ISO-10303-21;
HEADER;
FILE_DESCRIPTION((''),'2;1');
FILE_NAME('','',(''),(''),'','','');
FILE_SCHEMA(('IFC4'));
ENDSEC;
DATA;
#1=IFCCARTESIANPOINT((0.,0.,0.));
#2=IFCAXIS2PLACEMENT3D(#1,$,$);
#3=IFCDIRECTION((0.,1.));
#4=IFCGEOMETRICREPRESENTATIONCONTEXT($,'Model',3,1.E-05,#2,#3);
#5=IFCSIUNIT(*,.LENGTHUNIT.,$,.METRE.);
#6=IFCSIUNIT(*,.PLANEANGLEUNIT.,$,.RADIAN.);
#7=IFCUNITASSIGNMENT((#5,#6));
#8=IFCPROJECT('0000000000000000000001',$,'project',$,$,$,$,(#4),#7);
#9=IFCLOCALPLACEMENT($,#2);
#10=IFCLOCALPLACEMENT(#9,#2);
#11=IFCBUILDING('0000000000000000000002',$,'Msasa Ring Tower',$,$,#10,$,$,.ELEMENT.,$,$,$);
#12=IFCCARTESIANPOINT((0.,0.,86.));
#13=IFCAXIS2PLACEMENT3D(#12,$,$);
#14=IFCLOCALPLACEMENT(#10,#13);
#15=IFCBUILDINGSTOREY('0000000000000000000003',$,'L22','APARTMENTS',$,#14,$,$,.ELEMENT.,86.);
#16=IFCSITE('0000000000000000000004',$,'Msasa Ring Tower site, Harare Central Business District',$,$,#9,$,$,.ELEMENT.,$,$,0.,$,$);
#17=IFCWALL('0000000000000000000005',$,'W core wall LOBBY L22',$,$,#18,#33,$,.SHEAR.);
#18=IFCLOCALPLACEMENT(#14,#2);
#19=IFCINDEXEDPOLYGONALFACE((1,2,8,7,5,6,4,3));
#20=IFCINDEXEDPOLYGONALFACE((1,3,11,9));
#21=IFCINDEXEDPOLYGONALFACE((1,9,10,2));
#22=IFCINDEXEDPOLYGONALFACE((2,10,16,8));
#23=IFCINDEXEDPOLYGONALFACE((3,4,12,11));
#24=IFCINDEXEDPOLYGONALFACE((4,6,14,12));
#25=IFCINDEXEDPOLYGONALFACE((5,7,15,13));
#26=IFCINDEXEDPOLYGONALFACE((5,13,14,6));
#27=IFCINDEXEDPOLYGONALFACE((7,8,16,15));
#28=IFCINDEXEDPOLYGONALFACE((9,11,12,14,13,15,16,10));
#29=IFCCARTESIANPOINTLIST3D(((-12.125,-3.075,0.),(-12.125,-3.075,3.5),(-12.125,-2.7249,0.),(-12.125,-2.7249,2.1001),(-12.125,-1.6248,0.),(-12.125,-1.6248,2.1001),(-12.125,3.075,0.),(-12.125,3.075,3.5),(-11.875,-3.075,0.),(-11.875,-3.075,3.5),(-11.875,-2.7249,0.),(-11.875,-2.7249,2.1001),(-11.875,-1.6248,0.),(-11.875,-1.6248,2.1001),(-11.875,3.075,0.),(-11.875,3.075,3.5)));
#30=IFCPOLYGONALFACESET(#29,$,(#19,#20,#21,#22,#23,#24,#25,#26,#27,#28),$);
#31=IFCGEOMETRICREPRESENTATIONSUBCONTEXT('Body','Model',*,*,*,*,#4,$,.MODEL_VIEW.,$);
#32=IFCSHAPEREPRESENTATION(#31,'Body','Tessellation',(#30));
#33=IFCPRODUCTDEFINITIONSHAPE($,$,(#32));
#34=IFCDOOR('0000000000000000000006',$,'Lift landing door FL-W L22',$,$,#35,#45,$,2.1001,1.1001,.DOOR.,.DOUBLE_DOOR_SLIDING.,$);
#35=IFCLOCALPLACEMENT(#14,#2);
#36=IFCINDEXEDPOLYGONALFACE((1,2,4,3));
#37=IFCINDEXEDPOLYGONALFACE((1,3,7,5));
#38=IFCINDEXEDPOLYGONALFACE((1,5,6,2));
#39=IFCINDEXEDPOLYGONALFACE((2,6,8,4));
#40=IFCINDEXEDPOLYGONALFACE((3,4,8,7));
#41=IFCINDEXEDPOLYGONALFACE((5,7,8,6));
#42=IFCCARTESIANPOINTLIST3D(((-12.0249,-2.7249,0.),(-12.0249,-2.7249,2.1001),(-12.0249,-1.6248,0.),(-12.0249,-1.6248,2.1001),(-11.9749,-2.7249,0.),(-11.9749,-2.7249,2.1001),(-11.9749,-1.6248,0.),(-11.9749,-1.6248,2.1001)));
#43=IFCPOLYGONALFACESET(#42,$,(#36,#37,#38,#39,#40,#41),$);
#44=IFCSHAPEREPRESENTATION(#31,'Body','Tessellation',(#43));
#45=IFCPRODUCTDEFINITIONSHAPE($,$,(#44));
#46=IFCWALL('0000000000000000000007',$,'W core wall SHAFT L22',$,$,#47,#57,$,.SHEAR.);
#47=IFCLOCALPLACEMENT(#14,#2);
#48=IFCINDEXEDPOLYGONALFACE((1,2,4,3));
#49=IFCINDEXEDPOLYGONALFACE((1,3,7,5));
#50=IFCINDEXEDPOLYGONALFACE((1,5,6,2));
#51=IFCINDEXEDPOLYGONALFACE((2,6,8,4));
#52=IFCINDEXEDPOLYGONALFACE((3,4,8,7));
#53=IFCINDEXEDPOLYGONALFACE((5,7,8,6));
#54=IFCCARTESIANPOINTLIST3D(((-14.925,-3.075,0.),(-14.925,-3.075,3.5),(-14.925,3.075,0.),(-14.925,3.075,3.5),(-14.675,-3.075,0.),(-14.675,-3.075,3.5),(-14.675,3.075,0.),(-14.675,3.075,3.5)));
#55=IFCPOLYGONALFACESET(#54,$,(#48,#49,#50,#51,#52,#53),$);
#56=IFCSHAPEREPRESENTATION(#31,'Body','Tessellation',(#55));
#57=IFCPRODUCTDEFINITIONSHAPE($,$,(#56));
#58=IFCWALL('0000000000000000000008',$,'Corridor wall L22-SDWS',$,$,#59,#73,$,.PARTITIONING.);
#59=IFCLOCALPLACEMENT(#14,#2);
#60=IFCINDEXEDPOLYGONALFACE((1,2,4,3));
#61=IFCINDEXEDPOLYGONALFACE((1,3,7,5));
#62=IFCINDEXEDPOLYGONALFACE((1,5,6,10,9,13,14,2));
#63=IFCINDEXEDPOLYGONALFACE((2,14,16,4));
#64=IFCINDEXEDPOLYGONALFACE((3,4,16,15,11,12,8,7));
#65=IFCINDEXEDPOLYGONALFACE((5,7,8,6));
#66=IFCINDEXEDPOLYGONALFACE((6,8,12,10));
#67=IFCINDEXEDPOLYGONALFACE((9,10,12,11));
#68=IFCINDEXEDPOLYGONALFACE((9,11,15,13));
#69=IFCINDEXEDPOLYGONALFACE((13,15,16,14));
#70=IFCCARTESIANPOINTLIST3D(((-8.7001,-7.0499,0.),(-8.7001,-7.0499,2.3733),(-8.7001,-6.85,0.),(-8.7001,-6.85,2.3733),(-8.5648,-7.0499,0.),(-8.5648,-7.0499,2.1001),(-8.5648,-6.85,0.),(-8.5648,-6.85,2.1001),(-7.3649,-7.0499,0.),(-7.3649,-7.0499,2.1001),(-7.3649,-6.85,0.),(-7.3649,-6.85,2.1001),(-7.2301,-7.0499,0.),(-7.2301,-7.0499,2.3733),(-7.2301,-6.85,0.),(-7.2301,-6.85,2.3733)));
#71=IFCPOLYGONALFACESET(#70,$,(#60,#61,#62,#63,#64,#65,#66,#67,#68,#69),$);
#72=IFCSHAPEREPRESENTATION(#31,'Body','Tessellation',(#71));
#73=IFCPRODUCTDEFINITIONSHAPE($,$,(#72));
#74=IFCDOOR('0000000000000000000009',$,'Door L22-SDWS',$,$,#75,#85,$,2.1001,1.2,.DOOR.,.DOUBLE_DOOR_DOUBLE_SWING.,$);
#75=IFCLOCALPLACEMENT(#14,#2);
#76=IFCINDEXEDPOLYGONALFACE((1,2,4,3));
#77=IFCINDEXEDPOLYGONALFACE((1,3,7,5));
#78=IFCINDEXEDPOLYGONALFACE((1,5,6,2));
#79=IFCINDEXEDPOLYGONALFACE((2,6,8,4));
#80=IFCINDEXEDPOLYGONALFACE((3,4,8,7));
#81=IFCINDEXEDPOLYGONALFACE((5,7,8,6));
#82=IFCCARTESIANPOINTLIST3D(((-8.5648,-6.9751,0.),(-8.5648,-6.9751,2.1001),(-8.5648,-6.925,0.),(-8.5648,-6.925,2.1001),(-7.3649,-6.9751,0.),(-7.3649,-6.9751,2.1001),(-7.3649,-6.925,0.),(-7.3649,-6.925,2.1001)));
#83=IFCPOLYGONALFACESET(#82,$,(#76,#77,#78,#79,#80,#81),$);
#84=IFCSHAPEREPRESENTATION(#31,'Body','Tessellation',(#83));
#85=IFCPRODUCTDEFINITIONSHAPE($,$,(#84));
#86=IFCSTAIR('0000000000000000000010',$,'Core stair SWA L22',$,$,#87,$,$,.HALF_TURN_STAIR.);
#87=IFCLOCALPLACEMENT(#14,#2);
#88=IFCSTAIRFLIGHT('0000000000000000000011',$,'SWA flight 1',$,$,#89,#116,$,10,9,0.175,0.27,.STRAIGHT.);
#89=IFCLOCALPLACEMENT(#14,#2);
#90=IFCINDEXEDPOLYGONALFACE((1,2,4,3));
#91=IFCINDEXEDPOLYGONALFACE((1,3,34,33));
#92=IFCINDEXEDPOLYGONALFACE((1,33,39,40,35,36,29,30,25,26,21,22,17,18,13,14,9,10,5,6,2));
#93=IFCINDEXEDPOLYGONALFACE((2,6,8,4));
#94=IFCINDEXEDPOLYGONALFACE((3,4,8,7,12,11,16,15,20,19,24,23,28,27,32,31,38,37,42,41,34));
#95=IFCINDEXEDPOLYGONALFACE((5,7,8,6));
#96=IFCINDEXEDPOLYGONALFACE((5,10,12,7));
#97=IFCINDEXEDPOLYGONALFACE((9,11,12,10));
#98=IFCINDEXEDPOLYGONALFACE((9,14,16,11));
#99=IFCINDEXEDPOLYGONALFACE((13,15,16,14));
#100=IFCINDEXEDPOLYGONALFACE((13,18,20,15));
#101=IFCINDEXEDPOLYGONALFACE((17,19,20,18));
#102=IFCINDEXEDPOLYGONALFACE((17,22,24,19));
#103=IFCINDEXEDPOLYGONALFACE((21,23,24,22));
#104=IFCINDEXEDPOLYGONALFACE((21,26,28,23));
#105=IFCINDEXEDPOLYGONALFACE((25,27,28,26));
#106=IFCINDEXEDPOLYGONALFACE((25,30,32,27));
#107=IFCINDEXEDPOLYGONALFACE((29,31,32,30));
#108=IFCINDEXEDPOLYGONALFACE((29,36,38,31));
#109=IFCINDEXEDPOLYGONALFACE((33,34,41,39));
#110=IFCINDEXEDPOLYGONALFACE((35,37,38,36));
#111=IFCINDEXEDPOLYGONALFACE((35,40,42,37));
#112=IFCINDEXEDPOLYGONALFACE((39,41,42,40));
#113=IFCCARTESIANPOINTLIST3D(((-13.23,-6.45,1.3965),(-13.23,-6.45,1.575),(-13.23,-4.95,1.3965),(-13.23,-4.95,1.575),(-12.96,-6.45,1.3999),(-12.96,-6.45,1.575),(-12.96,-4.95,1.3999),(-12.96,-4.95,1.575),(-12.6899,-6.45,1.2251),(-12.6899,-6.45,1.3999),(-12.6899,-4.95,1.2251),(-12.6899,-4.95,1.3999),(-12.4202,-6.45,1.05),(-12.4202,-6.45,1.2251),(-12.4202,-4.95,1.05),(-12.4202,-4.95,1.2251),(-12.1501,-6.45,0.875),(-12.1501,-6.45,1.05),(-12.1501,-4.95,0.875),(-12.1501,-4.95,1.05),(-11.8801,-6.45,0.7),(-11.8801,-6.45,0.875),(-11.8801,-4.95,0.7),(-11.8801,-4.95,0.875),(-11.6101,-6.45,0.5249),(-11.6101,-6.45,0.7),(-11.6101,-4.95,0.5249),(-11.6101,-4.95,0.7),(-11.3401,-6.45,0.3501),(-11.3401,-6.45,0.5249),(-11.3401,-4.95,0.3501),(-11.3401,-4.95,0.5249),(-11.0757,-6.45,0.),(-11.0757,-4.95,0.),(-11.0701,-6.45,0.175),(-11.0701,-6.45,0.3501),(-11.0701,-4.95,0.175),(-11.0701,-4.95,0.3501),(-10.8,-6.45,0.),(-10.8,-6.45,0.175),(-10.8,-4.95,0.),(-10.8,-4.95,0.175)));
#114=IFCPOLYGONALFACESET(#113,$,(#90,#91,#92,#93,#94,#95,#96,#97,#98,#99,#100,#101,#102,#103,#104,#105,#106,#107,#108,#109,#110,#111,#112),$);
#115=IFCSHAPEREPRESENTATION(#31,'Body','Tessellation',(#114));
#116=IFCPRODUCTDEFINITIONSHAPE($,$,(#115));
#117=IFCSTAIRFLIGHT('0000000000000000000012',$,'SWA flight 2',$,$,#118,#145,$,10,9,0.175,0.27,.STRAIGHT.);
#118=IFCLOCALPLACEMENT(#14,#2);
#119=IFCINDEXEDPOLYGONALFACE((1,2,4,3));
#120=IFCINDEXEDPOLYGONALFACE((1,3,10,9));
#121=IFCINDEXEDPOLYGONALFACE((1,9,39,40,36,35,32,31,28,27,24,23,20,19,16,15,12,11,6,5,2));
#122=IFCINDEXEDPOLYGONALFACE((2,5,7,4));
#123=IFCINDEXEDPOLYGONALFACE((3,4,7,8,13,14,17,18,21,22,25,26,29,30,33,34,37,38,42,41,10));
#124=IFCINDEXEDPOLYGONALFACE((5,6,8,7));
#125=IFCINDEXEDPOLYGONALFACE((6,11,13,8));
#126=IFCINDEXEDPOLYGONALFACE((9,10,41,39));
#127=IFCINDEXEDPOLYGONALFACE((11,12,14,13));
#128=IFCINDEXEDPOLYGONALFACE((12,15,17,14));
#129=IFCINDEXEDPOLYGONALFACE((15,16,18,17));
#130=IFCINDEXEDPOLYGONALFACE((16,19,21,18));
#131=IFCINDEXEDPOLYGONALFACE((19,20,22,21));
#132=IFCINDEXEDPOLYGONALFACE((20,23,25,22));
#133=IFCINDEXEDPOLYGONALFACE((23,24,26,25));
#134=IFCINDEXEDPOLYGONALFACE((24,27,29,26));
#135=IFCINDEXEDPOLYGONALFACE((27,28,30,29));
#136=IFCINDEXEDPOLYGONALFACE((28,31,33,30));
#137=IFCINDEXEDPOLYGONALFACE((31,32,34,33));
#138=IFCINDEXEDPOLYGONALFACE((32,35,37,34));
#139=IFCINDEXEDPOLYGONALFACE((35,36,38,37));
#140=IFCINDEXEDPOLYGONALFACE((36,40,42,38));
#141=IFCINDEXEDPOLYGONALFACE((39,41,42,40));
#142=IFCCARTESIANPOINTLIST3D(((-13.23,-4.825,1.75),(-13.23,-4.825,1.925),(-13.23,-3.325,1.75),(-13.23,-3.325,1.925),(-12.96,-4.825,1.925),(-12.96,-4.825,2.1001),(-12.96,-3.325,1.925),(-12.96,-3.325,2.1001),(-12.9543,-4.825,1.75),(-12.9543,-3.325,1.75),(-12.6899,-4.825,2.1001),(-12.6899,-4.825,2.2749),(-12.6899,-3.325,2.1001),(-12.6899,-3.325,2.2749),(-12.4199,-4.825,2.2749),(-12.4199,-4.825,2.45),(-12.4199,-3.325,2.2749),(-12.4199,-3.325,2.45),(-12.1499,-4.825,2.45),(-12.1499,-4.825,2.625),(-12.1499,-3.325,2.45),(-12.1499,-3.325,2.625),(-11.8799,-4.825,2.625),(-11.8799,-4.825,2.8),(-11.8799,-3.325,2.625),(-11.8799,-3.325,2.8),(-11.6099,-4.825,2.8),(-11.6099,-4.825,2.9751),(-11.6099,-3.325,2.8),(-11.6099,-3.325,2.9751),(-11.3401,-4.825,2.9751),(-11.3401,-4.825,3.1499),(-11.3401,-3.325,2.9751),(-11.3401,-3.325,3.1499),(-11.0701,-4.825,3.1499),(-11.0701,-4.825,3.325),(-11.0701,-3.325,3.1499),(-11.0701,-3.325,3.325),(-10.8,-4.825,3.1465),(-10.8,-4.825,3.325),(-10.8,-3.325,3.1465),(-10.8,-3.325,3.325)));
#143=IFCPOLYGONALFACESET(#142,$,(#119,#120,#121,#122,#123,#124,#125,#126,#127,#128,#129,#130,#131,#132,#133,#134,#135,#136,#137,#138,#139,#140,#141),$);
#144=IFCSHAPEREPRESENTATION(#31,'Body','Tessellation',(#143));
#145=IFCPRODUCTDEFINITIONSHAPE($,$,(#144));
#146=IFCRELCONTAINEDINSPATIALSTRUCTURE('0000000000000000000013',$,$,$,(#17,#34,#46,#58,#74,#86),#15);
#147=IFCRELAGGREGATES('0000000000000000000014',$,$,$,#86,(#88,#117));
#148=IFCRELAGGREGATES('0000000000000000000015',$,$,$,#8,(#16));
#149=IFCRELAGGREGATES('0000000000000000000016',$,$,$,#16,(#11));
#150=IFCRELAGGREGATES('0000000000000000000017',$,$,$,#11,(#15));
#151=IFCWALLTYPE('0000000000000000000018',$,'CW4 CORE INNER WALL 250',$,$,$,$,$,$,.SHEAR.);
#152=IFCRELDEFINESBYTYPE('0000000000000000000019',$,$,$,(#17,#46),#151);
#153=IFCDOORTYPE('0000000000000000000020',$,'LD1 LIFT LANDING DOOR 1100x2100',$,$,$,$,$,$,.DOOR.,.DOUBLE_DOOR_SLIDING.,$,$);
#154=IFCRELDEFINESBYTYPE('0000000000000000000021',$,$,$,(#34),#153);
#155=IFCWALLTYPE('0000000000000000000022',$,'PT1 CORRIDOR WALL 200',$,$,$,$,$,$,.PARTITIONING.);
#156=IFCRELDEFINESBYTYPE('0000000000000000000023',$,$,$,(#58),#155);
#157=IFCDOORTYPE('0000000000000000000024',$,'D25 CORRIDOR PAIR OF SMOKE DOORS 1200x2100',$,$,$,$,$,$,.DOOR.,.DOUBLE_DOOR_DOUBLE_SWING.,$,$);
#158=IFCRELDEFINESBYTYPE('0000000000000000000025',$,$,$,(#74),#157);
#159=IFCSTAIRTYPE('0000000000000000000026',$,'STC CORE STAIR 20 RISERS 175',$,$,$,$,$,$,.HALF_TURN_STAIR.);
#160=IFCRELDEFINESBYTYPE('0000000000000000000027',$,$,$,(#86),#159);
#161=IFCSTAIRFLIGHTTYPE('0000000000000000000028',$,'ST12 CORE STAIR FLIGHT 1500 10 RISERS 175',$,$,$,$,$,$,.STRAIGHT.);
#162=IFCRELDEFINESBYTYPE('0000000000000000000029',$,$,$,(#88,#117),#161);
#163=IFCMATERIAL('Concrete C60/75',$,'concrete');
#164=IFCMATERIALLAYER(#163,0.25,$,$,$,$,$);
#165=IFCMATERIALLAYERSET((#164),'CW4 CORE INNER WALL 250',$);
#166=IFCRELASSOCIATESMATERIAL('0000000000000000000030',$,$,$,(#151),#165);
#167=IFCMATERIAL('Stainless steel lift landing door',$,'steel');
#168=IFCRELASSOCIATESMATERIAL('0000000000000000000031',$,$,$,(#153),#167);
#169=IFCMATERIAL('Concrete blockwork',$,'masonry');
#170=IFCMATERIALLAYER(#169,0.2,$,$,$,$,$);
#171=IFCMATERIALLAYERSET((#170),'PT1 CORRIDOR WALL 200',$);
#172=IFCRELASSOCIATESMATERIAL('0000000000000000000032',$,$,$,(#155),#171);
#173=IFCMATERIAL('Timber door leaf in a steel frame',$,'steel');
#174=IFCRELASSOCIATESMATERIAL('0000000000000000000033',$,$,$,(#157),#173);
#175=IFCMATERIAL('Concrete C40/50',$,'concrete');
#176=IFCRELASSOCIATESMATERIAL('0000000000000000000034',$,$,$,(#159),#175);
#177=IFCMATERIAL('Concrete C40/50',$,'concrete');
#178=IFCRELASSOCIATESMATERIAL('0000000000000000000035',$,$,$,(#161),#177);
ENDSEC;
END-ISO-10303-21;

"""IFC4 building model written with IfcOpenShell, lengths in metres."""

from ifc_helpers import new_model, si_unit, direction, frame, frame_2d, origin, place, context, subcontext, project, spatial, polyline, rectangle, outline, extrude, material, layer, layer_set, type_object, element, fill, aggregate, save


model = new_model("IFC4")

# Units and contexts
model_context = context("Model", 3, precision=1e-05, world=origin(), true_north=direction((0.0, 1.0)))
body_context = subcontext(model_context, "Body", "Model", "MODEL_VIEW")
ifc_project = project(units=[si_unit("LENGTHUNIT", "METRE"), si_unit("PLANEANGLEUNIT", "RADIAN")], contexts=[model_context])

# Site, building, storey
site_placement = place(None, origin())
site = spatial("IfcSite", under=ifc_project, at=site_placement, Name="Msasa Ring Tower site, Harare Central Business District", CompositionType="ELEMENT", RefElevation=0.0)
building_placement = place(site_placement, origin())
building = spatial("IfcBuilding", under=site, at=building_placement, Name="Msasa Ring Tower", CompositionType="ELEMENT")
storey_placement = place(building_placement, frame((0.0, 0.0, 86.0)))
storey = spatial("IfcBuildingStorey", under=building, at=storey_placement, Name="L22", Description="APARTMENTS", CompositionType="ELEMENT", Elevation=86.0)

# Wall, opening, door
ifc_material_1 = material(Name="Concrete C60/75", Category="concrete")
ifc_layer_1 = layer(ifc_material_1, 0.25)
ifc_layer_set_1 = layer_set([ifc_layer_1], Name="CW4 CORE INNER WALL 250")
wall_type_1 = type_object("IfcWallType", Name="CW4 CORE INNER WALL 250", PredefinedType="SHEAR", material=ifc_layer_set_1)
wall_1_placement = place(storey_placement, frame((-12.0, -3.075, 0.0), z_axis=(0.0, 0.0, 1.0), x_axis=(0.0, 1.0, 0.0)))
wall_1 = element("IfcWall", 1, at=wall_1_placement, inside=storey, type_object=wall_type_1, Name="W core wall LOBBY L22", PredefinedType="SHEAR", context=body_context, shape_type="SweptSolid", body=[
    extrude(rectangle(XDim=6.1499, YDim=0.25, at=frame_2d((3.075, 0.0))), origin(), (0.0, 0.0, 1.0), 3.5),
])
opening_1_placement = place(wall_1_placement, frame((0.3501, 0.0, 0.0)))
opening_1 = element("IfcOpeningElement", 2, at=opening_1_placement, cuts=wall_1, PredefinedType="OPENING", context=body_context, shape_type="SweptSolid", body=[
    extrude(rectangle(XDim=1.1001, YDim=2.1001, at=frame_2d((0.55, 1.05))), frame((0.0, 0.135, 0.0), z_axis=(0.0, -1.0, 0.0), x_axis=(1.0, 0.0, 0.0)), (0.0, 0.0, 1.0), 0.27),
])
ifc_material_2 = material(Name="Stainless steel lift landing door", Category="steel")
door_type_1 = type_object("IfcDoorType", Name="LD1 LIFT LANDING DOOR 1100x2100", OperationType="DOUBLE_DOOR_SLIDING", PredefinedType="DOOR", material=ifc_material_2)
door_1_placement = place(opening_1_placement, origin())
door_1 = element("IfcDoor", 3, at=door_1_placement, inside=storey, type_object=door_type_1, Name="Lift landing door FL-W L22", OperationType="DOUBLE_DOOR_SLIDING", OverallHeight=2.1001, OverallWidth=1.1001, PredefinedType="DOOR", context=body_context, shape_type="SweptSolid", body=[
    extrude(rectangle(XDim=1.1001, YDim=2.1001, at=frame_2d((0.55, 1.05))), frame((0.0, 0.0249, 0.0), z_axis=(0.0, -1.0, 0.0), x_axis=(1.0, 0.0, 0.0)), (0.0, 0.0, 1.0), 0.05),
])
fill(opening_1, door_1)

# Wall
wall_2_placement = place(storey_placement, frame((-14.8, -3.075, 0.0), z_axis=(0.0, 0.0, 1.0), x_axis=(0.0, 1.0, 0.0)))
element("IfcWall", 4, at=wall_2_placement, inside=storey, type_object=wall_type_1, Name="W core wall SHAFT L22", PredefinedType="SHEAR", context=body_context, shape_type="SweptSolid", body=[
    extrude(rectangle(XDim=6.1499, YDim=0.25, at=frame_2d((3.075, 0.0))), origin(), (0.0, 0.0, 1.0), 3.5),
])

# Wall, opening, door
ifc_material_3 = material(Name="Concrete blockwork", Category="masonry")
ifc_layer_2 = layer(ifc_material_3, 0.2)
ifc_layer_set_2 = layer_set([ifc_layer_2], Name="PT1 CORRIDOR WALL 200")
wall_type_2 = type_object("IfcWallType", Name="PT1 CORRIDOR WALL 200", PredefinedType="PARTITIONING", material=ifc_layer_set_2)
wall_3_placement = place(storey_placement, frame((-8.7, -6.95, 0.0), z_axis=(0.0, 0.0, 1.0), x_axis=(1.0, 0.0, 0.0)))
wall_3 = element("IfcWall", 5, at=wall_3_placement, inside=storey, type_object=wall_type_2, Name="Corridor wall L22-SDWS", PredefinedType="PARTITIONING", context=body_context, shape_type="SweptSolid", body=[
    extrude(rectangle(XDim=1.47, YDim=0.2, at=frame_2d((0.7349, 0.0))), origin(), (0.0, 0.0, 1.0), 2.3733),
])
opening_2_placement = place(wall_3_placement, frame((0.135, 0.0, 0.0)))
opening_2 = element("IfcOpeningElement", 6, at=opening_2_placement, cuts=wall_3, PredefinedType="OPENING", context=body_context, shape_type="SweptSolid", body=[
    extrude(rectangle(XDim=1.2, YDim=2.1001, at=frame_2d((0.6001, 1.05))), frame((0.0, 0.1099, 0.0), z_axis=(0.0, -1.0, 0.0), x_axis=(1.0, 0.0, 0.0)), (0.0, 0.0, 1.0), 0.22),
])
ifc_material_4 = material(Name="Timber door leaf in a steel frame", Category="steel")
door_type_2 = type_object("IfcDoorType", Name="D25 CORRIDOR PAIR OF SMOKE DOORS 1200x2100", OperationType="DOUBLE_DOOR_DOUBLE_SWING", PredefinedType="DOOR", material=ifc_material_4)
door_2_placement = place(opening_2_placement, origin())
door_2 = element("IfcDoor", 7, at=door_2_placement, inside=storey, type_object=door_type_2, Name="Door L22-SDWS", OperationType="DOUBLE_DOOR_DOUBLE_SWING", OverallHeight=2.1001, OverallWidth=1.2, PredefinedType="DOOR", context=body_context, shape_type="SweptSolid", body=[
    extrude(rectangle(XDim=1.2, YDim=2.1001, at=frame_2d((0.6001, 1.05))), frame((0.0, 0.0249, 0.0), z_axis=(0.0, -1.0, 0.0), x_axis=(1.0, 0.0, 0.0)), (0.0, 0.0, 1.0), 0.05),
])
fill(opening_2, door_2)

# Stair, stair flights
ifc_material_5 = material(Name="Concrete C40/50", Category="concrete")
stair_type = type_object("IfcStairType", Name="STC CORE STAIR 20 RISERS 175", PredefinedType="HALF_TURN_STAIR", material=ifc_material_5)
stair_placement = place(storey_placement, origin())
stair = element("IfcStair", 8, at=stair_placement, inside=storey, type_object=stair_type, Name="Core stair SWA L22", PredefinedType="HALF_TURN_STAIR")
ifc_material_6 = material(Name="Concrete C40/50", Category="concrete")
stair_flight_type = type_object("IfcStairFlightType", Name="ST12 CORE STAIR FLIGHT 1500 10 RISERS 175", PredefinedType="STRAIGHT", material=ifc_material_6)
stair_flight_1_placement = place(storey_placement, frame((-10.8, -5.7, 0.0), z_axis=(0.0, 0.0, 1.0), x_axis=(-1.0, 0.0, 0.0)))
stair_flight_1 = element("IfcStairFlight", 9, at=stair_flight_1_placement, type_object=stair_flight_type, Name="SWA flight 1", NumberOfRisers=10, NumberOfTreads=9, PredefinedType="STRAIGHT", RiserHeight=0.175, TreadLength=0.27, context=body_context, shape_type="SweptSolid", body=[
    extrude(outline(polyline([(0.0, 0.0), (0.0, 0.175), (0.27, 0.175), (0.27, 0.3501), (0.54, 0.3501), (0.54, 0.5249), (0.8101, 0.5249), (0.8101, 0.7), (1.0801, 0.7), (1.0801, 0.875), (1.3501, 0.875), (1.3501, 1.05), (1.6201, 1.05), (1.6201, 1.2251), (1.8899, 1.2251), (1.8899, 1.3999), (2.1599, 1.3999), (2.1599, 1.575), (2.4299, 1.575), (2.4299, 1.75), (2.4299, 1.3965), (0.2756, 0.0), (0.0, 0.0)])), frame((0.0, 0.75, 0.0), z_axis=(0.0, -1.0, 0.0), x_axis=(1.0, 0.0, 0.0)), (0.0, 0.0, 1.0), 1.5),
])
stair_flight_2_placement = place(storey_placement, frame((-13.23, -4.075, 1.75), z_axis=(0.0, 0.0, 1.0), x_axis=(1.0, 0.0, 0.0)))
stair_flight_2 = element("IfcStairFlight", 10, at=stair_flight_2_placement, type_object=stair_flight_type, Name="SWA flight 2", NumberOfRisers=10, NumberOfTreads=9, PredefinedType="STRAIGHT", RiserHeight=0.175, TreadLength=0.27, context=body_context, shape_type="SweptSolid", body=[
    extrude(outline(polyline([(0.0, 0.0), (0.0, 0.175), (0.27, 0.175), (0.27, 0.3501), (0.54, 0.3501), (0.54, 0.5249), (0.8101, 0.5249), (0.8101, 0.7), (1.0801, 0.7), (1.0801, 0.875), (1.3501, 0.875), (1.3501, 1.05), (1.6201, 1.05), (1.6201, 1.2251), (1.8899, 1.2251), (1.8899, 1.3999), (2.1599, 1.3999), (2.1599, 1.575), (2.4299, 1.575), (2.4299, 1.75), (2.4299, 1.3965), (0.2756, 0.0), (0.0, 0.0)])), frame((0.0, 0.75, 0.0), z_axis=(0.0, -1.0, 0.0), x_axis=(1.0, 0.0, 0.0)), (0.0, 0.0, 1.0), 1.5),
])
aggregate(stair, [stair_flight_1, stair_flight_2])

save(model, "model.ifc")
